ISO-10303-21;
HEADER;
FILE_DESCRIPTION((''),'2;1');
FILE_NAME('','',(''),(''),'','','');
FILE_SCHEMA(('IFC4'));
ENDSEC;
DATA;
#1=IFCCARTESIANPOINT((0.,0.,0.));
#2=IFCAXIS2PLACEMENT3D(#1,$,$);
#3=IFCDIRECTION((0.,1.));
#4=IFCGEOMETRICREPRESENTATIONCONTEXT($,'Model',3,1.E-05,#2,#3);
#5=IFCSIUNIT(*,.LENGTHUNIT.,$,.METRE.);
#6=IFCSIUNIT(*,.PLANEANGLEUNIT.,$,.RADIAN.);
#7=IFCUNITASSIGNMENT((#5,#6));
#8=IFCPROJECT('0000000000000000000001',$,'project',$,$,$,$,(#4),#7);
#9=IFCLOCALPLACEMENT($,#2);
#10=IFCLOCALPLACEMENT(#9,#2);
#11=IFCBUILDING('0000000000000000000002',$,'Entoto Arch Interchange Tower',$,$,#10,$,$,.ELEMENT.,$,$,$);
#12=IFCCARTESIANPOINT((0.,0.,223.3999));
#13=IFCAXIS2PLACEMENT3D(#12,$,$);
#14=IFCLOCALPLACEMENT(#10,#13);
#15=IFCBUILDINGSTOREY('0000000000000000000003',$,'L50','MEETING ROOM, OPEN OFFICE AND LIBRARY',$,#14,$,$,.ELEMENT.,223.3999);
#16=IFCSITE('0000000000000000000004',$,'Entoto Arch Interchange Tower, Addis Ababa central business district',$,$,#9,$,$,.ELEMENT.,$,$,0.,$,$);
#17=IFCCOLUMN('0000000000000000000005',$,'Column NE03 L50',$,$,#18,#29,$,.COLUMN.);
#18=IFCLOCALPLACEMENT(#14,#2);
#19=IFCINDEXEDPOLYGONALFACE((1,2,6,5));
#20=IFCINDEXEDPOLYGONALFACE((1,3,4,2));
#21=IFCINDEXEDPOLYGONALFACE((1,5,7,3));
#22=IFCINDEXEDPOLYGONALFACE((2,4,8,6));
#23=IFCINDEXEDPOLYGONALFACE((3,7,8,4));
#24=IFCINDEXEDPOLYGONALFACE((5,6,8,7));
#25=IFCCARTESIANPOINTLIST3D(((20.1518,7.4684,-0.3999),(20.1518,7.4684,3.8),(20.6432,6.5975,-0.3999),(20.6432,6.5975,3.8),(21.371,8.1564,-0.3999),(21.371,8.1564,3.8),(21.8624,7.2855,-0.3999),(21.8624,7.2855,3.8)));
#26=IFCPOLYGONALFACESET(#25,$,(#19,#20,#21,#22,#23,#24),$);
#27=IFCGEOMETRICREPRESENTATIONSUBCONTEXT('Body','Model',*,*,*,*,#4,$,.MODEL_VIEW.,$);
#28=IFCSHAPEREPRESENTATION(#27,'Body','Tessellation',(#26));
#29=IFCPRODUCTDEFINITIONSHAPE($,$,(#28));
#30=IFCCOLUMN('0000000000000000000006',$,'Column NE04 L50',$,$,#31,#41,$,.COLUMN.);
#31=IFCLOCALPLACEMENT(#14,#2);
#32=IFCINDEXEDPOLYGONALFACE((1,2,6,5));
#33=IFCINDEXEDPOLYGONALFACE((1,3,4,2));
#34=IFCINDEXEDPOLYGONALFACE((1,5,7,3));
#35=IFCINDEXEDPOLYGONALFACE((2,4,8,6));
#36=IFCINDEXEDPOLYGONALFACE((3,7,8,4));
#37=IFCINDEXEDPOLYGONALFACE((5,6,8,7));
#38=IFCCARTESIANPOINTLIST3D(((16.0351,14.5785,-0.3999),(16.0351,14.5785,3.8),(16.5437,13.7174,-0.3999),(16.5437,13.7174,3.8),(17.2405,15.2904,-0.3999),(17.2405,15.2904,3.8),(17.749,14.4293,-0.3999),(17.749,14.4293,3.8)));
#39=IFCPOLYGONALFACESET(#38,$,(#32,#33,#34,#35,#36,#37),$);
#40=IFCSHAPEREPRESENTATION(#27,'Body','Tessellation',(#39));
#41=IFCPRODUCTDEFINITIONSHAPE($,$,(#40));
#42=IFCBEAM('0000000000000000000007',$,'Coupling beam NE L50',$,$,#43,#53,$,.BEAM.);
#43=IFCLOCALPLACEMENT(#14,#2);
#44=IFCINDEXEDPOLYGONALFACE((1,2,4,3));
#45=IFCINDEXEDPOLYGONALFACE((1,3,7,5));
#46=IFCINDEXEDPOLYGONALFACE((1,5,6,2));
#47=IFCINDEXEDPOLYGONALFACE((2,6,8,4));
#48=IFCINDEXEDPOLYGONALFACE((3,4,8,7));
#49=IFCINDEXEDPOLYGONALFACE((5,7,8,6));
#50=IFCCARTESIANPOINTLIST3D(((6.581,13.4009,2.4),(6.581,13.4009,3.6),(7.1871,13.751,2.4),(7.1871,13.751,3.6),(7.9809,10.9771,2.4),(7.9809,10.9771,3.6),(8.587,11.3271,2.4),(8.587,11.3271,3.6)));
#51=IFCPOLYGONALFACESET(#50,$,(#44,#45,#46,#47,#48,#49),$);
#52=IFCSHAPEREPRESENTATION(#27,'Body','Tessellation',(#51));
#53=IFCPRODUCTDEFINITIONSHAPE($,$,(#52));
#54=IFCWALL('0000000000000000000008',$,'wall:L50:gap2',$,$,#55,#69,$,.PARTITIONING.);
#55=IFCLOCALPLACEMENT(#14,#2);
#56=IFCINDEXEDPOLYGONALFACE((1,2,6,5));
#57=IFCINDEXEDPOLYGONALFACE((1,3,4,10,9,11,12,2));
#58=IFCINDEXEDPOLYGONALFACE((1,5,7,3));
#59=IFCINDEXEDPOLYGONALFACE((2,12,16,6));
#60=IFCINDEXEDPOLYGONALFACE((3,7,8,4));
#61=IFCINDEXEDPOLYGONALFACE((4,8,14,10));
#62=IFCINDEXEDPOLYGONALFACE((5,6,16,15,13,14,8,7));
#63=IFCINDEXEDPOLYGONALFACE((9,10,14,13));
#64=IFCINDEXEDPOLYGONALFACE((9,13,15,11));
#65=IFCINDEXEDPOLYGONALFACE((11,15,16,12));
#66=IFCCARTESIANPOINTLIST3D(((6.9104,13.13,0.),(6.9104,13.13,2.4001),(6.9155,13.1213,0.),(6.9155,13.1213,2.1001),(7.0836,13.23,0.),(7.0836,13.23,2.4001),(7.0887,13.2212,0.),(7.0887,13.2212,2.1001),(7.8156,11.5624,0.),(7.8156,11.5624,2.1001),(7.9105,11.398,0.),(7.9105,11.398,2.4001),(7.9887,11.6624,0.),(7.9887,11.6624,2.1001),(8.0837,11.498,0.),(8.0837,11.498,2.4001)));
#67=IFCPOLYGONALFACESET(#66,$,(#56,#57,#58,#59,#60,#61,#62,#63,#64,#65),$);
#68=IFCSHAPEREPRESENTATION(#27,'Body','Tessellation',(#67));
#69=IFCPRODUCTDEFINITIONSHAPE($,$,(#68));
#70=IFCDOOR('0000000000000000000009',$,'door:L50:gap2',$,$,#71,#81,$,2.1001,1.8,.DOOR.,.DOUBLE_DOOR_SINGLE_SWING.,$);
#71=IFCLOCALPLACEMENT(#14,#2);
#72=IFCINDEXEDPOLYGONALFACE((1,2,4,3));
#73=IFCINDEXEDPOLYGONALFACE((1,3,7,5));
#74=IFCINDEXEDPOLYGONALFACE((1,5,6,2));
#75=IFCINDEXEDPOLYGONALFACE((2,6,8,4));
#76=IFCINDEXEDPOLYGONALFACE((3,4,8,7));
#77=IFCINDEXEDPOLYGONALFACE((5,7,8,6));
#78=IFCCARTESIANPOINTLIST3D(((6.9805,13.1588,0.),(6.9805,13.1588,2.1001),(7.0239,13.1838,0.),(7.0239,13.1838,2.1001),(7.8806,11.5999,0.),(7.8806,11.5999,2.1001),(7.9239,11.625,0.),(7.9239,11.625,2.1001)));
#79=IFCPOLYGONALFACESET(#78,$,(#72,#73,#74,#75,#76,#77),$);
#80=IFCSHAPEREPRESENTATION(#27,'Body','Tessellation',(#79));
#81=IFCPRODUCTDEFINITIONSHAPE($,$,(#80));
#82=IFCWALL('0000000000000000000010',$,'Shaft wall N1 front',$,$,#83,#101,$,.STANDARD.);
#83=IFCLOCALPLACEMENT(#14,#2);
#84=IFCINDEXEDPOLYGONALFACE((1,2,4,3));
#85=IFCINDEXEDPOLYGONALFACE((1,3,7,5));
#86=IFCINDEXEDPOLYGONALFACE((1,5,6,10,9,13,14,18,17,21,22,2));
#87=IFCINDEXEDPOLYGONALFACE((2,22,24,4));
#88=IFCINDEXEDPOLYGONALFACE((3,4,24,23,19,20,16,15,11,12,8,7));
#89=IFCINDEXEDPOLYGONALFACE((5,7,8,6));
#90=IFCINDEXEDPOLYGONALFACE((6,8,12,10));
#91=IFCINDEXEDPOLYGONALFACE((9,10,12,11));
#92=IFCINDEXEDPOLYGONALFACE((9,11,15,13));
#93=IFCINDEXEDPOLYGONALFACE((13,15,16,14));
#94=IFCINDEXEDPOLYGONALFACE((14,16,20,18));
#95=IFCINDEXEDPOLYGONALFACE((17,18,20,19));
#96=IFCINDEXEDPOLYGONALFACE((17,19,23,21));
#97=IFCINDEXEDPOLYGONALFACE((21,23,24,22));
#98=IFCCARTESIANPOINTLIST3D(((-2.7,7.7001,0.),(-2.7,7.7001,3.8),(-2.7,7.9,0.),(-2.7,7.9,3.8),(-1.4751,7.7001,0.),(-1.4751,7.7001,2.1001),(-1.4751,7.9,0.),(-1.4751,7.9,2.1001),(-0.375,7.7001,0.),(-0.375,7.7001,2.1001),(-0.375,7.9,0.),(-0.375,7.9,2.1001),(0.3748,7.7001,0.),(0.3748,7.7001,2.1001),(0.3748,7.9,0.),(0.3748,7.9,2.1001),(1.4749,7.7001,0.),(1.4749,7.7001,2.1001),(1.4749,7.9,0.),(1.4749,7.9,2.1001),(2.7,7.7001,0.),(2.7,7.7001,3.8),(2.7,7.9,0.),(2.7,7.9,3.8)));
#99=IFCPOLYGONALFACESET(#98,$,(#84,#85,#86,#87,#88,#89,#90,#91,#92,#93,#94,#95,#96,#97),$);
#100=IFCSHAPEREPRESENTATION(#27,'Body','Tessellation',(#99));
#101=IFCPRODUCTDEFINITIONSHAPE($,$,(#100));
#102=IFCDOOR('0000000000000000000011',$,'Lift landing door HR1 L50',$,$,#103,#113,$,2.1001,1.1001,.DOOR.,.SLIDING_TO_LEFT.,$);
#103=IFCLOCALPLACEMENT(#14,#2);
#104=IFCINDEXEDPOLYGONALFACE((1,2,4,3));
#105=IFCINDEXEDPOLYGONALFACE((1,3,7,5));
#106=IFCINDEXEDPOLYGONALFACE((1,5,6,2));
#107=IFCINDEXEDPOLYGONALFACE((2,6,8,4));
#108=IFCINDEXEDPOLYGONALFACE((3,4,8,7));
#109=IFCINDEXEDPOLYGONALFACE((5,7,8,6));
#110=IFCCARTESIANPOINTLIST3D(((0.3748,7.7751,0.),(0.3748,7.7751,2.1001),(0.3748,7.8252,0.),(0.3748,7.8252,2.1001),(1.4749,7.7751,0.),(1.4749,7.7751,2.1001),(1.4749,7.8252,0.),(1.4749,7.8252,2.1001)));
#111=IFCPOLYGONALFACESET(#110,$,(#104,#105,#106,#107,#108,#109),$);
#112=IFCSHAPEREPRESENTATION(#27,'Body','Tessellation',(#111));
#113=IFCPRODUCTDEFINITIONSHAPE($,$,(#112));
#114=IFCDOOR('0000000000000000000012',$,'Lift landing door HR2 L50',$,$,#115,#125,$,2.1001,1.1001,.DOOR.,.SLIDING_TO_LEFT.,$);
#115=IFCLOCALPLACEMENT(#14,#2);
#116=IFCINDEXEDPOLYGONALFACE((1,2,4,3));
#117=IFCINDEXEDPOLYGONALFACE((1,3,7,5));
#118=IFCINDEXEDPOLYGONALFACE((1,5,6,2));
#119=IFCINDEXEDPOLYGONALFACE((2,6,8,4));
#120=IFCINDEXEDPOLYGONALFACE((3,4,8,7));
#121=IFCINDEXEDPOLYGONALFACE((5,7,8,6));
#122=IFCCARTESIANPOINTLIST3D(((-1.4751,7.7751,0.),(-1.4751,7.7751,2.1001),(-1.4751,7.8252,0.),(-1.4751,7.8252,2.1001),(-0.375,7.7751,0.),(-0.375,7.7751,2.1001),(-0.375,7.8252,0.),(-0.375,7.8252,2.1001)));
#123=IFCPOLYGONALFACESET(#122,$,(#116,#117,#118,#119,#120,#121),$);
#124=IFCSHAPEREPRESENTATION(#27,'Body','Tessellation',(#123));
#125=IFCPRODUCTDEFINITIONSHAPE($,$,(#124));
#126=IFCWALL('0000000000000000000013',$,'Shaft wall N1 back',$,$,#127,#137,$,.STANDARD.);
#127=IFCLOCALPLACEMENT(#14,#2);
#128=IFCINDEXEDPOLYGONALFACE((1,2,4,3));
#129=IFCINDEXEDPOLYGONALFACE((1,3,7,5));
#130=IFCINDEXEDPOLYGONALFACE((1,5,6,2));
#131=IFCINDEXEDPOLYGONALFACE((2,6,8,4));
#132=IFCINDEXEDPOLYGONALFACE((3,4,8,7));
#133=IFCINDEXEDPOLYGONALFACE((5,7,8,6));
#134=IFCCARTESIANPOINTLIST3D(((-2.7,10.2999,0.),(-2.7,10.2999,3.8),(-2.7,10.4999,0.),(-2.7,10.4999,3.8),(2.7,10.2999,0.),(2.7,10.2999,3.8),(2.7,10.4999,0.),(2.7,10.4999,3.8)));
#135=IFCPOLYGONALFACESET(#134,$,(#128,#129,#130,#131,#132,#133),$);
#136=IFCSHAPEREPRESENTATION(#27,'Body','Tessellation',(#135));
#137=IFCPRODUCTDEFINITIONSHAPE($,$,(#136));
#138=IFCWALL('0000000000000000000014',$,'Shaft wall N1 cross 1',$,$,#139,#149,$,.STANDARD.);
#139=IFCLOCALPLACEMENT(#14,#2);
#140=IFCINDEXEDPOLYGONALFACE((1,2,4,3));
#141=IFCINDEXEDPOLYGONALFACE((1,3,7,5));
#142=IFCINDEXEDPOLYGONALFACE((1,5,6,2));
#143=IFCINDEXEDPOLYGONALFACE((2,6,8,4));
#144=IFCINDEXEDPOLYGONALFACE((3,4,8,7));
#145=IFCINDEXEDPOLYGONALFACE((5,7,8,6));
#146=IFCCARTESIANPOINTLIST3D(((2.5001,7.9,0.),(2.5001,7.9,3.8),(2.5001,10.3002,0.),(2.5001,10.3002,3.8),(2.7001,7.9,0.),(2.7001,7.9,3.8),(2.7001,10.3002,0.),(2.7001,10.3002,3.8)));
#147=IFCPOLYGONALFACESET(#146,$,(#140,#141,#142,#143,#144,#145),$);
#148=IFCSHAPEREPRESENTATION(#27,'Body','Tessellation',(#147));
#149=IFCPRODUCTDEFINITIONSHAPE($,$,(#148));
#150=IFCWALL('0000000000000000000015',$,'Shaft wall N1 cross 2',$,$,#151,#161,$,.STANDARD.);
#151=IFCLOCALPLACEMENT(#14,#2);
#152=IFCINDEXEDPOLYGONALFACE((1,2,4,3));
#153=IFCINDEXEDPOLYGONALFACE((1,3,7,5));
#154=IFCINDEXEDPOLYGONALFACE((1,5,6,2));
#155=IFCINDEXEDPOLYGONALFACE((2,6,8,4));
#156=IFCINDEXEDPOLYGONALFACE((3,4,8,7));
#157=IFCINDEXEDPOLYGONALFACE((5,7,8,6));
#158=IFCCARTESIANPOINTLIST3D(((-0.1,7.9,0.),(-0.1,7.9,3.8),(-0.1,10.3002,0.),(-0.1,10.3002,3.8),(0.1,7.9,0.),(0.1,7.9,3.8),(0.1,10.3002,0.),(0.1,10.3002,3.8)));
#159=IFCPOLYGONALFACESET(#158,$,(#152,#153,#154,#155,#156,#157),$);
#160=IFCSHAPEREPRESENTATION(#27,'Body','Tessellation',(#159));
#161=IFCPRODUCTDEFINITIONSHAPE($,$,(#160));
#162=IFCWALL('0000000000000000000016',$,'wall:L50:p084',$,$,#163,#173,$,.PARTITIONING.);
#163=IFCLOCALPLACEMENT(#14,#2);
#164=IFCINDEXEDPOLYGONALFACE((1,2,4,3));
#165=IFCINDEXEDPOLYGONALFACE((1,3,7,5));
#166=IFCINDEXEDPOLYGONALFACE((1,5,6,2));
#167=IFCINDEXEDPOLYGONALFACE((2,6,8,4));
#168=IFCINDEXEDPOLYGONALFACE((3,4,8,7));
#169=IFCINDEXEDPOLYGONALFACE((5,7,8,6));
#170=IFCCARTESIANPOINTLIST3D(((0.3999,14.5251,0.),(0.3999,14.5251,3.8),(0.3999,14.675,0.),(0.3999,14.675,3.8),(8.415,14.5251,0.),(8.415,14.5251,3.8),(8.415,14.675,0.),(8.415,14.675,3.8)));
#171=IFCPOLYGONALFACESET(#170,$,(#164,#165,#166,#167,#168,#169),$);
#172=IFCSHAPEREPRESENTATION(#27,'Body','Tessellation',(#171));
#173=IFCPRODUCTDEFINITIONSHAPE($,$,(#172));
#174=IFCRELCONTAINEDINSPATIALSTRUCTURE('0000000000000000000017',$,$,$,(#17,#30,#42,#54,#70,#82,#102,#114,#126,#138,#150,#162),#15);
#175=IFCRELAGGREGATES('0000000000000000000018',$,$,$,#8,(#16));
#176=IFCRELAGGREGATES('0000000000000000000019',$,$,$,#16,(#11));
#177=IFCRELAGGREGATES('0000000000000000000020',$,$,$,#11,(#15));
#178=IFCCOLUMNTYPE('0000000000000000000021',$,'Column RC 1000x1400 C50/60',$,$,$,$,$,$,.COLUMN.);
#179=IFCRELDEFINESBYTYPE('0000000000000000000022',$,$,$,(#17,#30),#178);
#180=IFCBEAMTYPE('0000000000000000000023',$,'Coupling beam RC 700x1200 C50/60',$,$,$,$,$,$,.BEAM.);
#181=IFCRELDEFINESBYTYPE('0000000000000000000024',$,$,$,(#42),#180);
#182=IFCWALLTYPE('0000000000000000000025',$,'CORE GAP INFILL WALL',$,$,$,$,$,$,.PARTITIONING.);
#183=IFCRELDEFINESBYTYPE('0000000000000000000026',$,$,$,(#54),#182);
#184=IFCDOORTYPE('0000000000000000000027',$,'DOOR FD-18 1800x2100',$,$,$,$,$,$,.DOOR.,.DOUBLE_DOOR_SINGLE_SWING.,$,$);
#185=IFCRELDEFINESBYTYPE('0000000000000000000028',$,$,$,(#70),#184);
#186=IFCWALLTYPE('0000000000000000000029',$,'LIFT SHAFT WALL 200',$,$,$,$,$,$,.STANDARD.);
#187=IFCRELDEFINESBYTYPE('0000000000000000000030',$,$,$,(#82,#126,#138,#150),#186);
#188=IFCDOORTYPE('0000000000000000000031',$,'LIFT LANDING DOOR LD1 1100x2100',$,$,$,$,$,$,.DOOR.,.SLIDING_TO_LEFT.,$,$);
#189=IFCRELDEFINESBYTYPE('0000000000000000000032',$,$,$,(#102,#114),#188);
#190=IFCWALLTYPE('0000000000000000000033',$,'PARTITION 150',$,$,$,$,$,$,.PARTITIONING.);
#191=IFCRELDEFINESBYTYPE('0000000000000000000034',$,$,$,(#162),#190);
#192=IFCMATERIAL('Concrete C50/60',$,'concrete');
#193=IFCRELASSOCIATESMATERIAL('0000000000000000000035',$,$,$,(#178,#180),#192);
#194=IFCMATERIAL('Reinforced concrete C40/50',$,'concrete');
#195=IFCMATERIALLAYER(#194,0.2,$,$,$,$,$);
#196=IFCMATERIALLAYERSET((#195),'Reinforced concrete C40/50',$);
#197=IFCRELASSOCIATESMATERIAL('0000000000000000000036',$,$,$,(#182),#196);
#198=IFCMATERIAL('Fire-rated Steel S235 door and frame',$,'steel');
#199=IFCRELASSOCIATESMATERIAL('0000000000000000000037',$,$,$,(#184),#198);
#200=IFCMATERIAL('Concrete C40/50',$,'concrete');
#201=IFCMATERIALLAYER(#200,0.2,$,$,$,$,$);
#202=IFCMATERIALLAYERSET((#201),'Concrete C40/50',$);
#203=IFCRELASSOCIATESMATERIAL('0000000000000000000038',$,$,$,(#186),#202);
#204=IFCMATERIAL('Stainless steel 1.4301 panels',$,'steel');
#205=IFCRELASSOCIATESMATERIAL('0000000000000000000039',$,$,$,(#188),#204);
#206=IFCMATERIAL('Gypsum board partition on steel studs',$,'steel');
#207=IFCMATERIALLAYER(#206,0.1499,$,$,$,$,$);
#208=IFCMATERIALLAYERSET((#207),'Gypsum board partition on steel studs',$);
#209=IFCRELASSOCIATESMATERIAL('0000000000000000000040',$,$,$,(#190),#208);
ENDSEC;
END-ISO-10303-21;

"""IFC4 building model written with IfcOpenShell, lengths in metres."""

from ifc_helpers import new_model, si_unit, direction, frame, frame_2d, origin, origin_2d, place, context, subcontext, project, spatial, rectangle, extrude, material, layer, layer_set, material_profile, profile_set, type_object, element, fill, save


model = new_model("IFC4")

# Units and contexts
model_context = context("Model", 3, precision=1e-05, world=origin(), true_north=direction((0.0, 1.0)))
body_context = subcontext(model_context, "Body", "Model", "MODEL_VIEW")
ifc_project = project(units=[si_unit("LENGTHUNIT", "METRE"), si_unit("PLANEANGLEUNIT", "RADIAN")], contexts=[model_context])

# Site, building, storey
site_placement = place(None, origin())
site = spatial("IfcSite", under=ifc_project, at=site_placement, Name="Entoto Arch Interchange Tower, Addis Ababa central business district", CompositionType="ELEMENT", RefElevation=0.0)
building_placement = place(site_placement, origin())
building = spatial("IfcBuilding", under=site, at=building_placement, Name="Entoto Arch Interchange Tower", CompositionType="ELEMENT")
storey_placement = place(building_placement, frame((0.0, 0.0, 223.3999)))
storey = spatial("IfcBuildingStorey", under=building, at=storey_placement, Name="L50", Description="MEETING ROOM, OPEN OFFICE AND LIBRARY", CompositionType="ELEMENT", Elevation=223.3999)

# Columns
ifc_material_1 = material(Name="Concrete C50/60", Category="concrete")
ifc_material_profile_1 = material_profile(ifc_material_1, rectangle(XDim=1.0, YDim=1.3999, at=origin_2d()))
ifc_profile_set_1 = profile_set([ifc_material_profile_1], Name="Concrete C50/60")
column_type = type_object("IfcColumnType", Name="Column RC 1000x1400 C50/60", PredefinedType="COLUMN", material=ifc_profile_set_1)
for number, where, z_axis, x_axis, name in (
    (1, (21.0071, 7.377, -0.3999), (0.0, 0.0, 1.0), (-0.491436, 0.870914, 0.0), "Column NE03 L50"),
    (2, (16.8921, 14.5039, -0.3999), (0.0, 0.0, 1.0), (-0.508516, 0.861053, 0.0), "Column NE04 L50"),
):
    element("IfcColumn", number, at=place(storey_placement, frame(where, z_axis=z_axis, x_axis=x_axis)), inside=storey, type_object=column_type, Name=name, PredefinedType="COLUMN", context=body_context, shape_type="SweptSolid", body=[
        extrude(rectangle(XDim=1.0, YDim=1.3999, at=origin_2d()), origin(), (0.0, 0.0, 1.0), 4.2),
    ])

# Beam
ifc_material_profile_2 = material_profile(ifc_material_1, rectangle(XDim=0.7, YDim=1.2, at=origin_2d()))
ifc_profile_set_2 = profile_set([ifc_material_profile_2], Name="Concrete C50/60")
beam_type = type_object("IfcBeamType", Name="Coupling beam RC 700x1200 C50/60", PredefinedType="BEAM", material=ifc_profile_set_2)
beam_placement = place(storey_placement, frame((8.2839, 11.1521, 3.0), z_axis=(-0.500135, 0.865947, 0.0), x_axis=(-0.865947, -0.500135, 0.0)))
element("IfcBeam", 3, at=beam_placement, inside=storey, type_object=beam_type, Name="Coupling beam NE L50", PredefinedType="BEAM", context=body_context, shape_type="SweptSolid", body=[
    extrude(rectangle(XDim=0.7, YDim=1.2, at=origin_2d()), origin(), (0.0, 0.0, 1.0), 2.7991),
])

# Wall, opening, door
ifc_material_2 = material(Name="Reinforced concrete C40/50", Category="concrete")
ifc_layer_1 = layer(ifc_material_2, 0.2)
ifc_layer_set_1 = layer_set([ifc_layer_1], Name="Reinforced concrete C40/50")
wall_type_1 = type_object("IfcWallType", Name="CORE GAP INFILL WALL", PredefinedType="PARTITIONING", material=ifc_layer_set_1)
wall_1_placement = place(storey_placement, frame((7.9971, 11.448, 0.0), z_axis=(0.0, 0.0, 1.0), x_axis=(-0.500025, 0.866011, 0.0)))
wall_1 = element("IfcWall", 4, at=wall_1_placement, inside=storey, type_object=wall_type_1, Name="wall:L50:gap2", PredefinedType="PARTITIONING", context=body_context, shape_type="SweptSolid", body=[
    extrude(rectangle(XDim=2.0, YDim=0.2, at=frame_2d((1.0, 0.0))), origin(), (0.0, 0.0, 1.0), 2.4001),
])
opening_1_placement = place(wall_1_placement, frame((0.1899, 0.0, 0.0)))
opening_1 = element("IfcOpeningElement", 5, at=opening_1_placement, cuts=wall_1, PredefinedType="OPENING", context=body_context, shape_type="SweptSolid", body=[
    extrude(rectangle(XDim=1.8, YDim=2.1001, at=frame_2d((0.8999, 1.05))), frame((0.0, 0.1099, 0.0), z_axis=(0.0, -1.0, 0.0), x_axis=(1.0, 0.0, 0.0)), (0.0, 0.0, 1.0), 0.22),
])
ifc_material_3 = material(Name="Fire-rated Steel S235 door and frame", Category="steel")
door_type_1 = type_object("IfcDoorType", Name="DOOR FD-18 1800x2100", OperationType="DOUBLE_DOOR_SINGLE_SWING", PredefinedType="DOOR", material=ifc_material_3)
door_1_placement = place(opening_1_placement, origin())
door_1 = element("IfcDoor", 6, at=door_1_placement, inside=storey, type_object=door_type_1, Name="door:L50:gap2", OperationType="DOUBLE_DOOR_SINGLE_SWING", OverallHeight=2.1001, OverallWidth=1.8, PredefinedType="DOOR", context=body_context, shape_type="SweptSolid", body=[
    extrude(rectangle(XDim=1.8, YDim=2.1001, at=frame_2d((0.8999, 1.05))), frame((0.0, 0.0249, 0.0), z_axis=(0.0, -1.0, 0.0), x_axis=(1.0, 0.0, 0.0)), (0.0, 0.0, 1.0), 0.05),
])
fill(opening_1, door_1)

# Wall, openings, doors
ifc_material_4 = material(Name="Concrete C40/50", Category="concrete")
ifc_layer_2 = layer(ifc_material_4, 0.2)
ifc_layer_set_2 = layer_set([ifc_layer_2], Name="Concrete C40/50")
wall_type_2 = type_object("IfcWallType", Name="LIFT SHAFT WALL 200", PredefinedType="STANDARD", material=ifc_layer_set_2)
wall_2_placement = place(storey_placement, frame((2.7, 7.8, 0.0), z_axis=(0.0, 0.0, 1.0), x_axis=(-1.0, 0.0, 0.0)))
wall_2 = element("IfcWall", 7, at=wall_2_placement, inside=storey, type_object=wall_type_2, Name="Shaft wall N1 front", PredefinedType="STANDARD", context=body_context, shape_type="SweptSolid", body=[
    extrude(rectangle(XDim=5.3999, YDim=0.2, at=frame_2d((2.7, 0.0))), origin(), (0.0, 0.0, 1.0), 3.8),
])
opening_2_placement = place(wall_2_placement, frame((1.2251, 0.0, 0.0)))
opening_2 = element("IfcOpeningElement", 8, at=opening_2_placement, cuts=wall_2, PredefinedType="OPENING", context=body_context, shape_type="SweptSolid", body=[
    extrude(rectangle(XDim=1.1001, YDim=2.1001, at=frame_2d((0.55, 1.05))), frame((0.0, 0.1099, 0.0), z_axis=(0.0, -1.0, 0.0), x_axis=(1.0, 0.0, 0.0)), (0.0, 0.0, 1.0), 0.22),
])
opening_3_placement = place(wall_2_placement, frame((3.075, 0.0, 0.0)))
opening_3 = element("IfcOpeningElement", 9, at=opening_3_placement, cuts=wall_2, PredefinedType="OPENING", context=body_context, shape_type="SweptSolid", body=[
    extrude(rectangle(XDim=1.1001, YDim=2.1001, at=frame_2d((0.55, 1.05))), frame((0.0, 0.1099, 0.0), z_axis=(0.0, -1.0, 0.0), x_axis=(1.0, 0.0, 0.0)), (0.0, 0.0, 1.0), 0.22),
])
ifc_material_5 = material(Name="Stainless steel 1.4301 panels", Category="steel")
door_type_2 = type_object("IfcDoorType", Name="LIFT LANDING DOOR LD1 1100x2100", OperationType="SLIDING_TO_LEFT", PredefinedType="DOOR", material=ifc_material_5)
door_2_placement = place(opening_2_placement, origin())
door_2 = element("IfcDoor", 10, at=door_2_placement, inside=storey, type_object=door_type_2, Name="Lift landing door HR1 L50", OperationType="SLIDING_TO_LEFT", OverallHeight=2.1001, OverallWidth=1.1001, PredefinedType="DOOR", context=body_context, shape_type="SweptSolid", body=[
    extrude(rectangle(XDim=1.1001, YDim=2.1001, at=frame_2d((0.55, 1.05))), frame((0.0, 0.0249, 0.0), z_axis=(0.0, -1.0, 0.0), x_axis=(1.0, 0.0, 0.0)), (0.0, 0.0, 1.0), 0.05),
])
fill(opening_2, door_2)
door_3_placement = place(opening_3_placement, origin())
door_3 = element("IfcDoor", 11, at=door_3_placement, inside=storey, type_object=door_type_2, Name="Lift landing door HR2 L50", OperationType="SLIDING_TO_LEFT", OverallHeight=2.1001, OverallWidth=1.1001, PredefinedType="DOOR", context=body_context, shape_type="SweptSolid", body=[
    extrude(rectangle(XDim=1.1001, YDim=2.1001, at=frame_2d((0.55, 1.05))), frame((0.0, 0.0249, 0.0), z_axis=(0.0, -1.0, 0.0), x_axis=(1.0, 0.0, 0.0)), (0.0, 0.0, 1.0), 0.05),
])
fill(opening_3, door_3)

# Walls
wall_3_placement = place(storey_placement, frame((2.7, 10.3999, 0.0), z_axis=(0.0, 0.0, 1.0), x_axis=(-1.0, 0.0, 0.0)))
element("IfcWall", 12, at=wall_3_placement, inside=storey, type_object=wall_type_2, Name="Shaft wall N1 back", PredefinedType="STANDARD", context=body_context, shape_type="SweptSolid", body=[
    extrude(rectangle(XDim=5.3999, YDim=0.2, at=frame_2d((2.7, 0.0))), origin(), (0.0, 0.0, 1.0), 3.8),
])
for number, where, z_axis, x_axis, name in (
    (13, (2.6001, 7.8999, 0.0), (0.0, 0.0, 1.0), (0.0, 1.0, 0.0), "Shaft wall N1 cross 1"),
    (14, (0.0, 7.8999, 0.0), (0.0, 0.0, 1.0), (0.0, 1.0, 0.0), "Shaft wall N1 cross 2"),
):
    element("IfcWall", number, at=place(storey_placement, frame(where, z_axis=z_axis, x_axis=x_axis)), inside=storey, type_object=wall_type_2, Name=name, PredefinedType="STANDARD", context=body_context, shape_type="SweptSolid", body=[
        extrude(rectangle(XDim=2.4001, YDim=0.2, at=frame_2d((1.2002, 0.0))), origin(), (0.0, 0.0, 1.0), 3.8),
    ])
ifc_material_6 = material(Name="Gypsum board partition on steel studs", Category="steel")
ifc_layer_3 = layer(ifc_material_6, 0.1499)
ifc_layer_set_3 = layer_set([ifc_layer_3], Name="Gypsum board partition on steel studs")
wall_type_3 = type_object("IfcWallType", Name="PARTITION 150", PredefinedType="PARTITIONING", material=ifc_layer_set_3)
wall_4_placement = place(storey_placement, frame((8.415, 14.6001, 0.0), z_axis=(0.0, 0.0, 1.0), x_axis=(-1.0, 0.0, 0.0)))
element("IfcWall", 15, at=wall_4_placement, inside=storey, type_object=wall_type_3, Name="wall:L50:p084", PredefinedType="PARTITIONING", context=body_context, shape_type="SweptSolid", body=[
    extrude(rectangle(XDim=8.0151, YDim=0.1499, at=frame_2d((4.0076, 0.0))), origin(), (0.0, 0.0, 1.0), 3.8),
])

save(model, "model.ifc")
